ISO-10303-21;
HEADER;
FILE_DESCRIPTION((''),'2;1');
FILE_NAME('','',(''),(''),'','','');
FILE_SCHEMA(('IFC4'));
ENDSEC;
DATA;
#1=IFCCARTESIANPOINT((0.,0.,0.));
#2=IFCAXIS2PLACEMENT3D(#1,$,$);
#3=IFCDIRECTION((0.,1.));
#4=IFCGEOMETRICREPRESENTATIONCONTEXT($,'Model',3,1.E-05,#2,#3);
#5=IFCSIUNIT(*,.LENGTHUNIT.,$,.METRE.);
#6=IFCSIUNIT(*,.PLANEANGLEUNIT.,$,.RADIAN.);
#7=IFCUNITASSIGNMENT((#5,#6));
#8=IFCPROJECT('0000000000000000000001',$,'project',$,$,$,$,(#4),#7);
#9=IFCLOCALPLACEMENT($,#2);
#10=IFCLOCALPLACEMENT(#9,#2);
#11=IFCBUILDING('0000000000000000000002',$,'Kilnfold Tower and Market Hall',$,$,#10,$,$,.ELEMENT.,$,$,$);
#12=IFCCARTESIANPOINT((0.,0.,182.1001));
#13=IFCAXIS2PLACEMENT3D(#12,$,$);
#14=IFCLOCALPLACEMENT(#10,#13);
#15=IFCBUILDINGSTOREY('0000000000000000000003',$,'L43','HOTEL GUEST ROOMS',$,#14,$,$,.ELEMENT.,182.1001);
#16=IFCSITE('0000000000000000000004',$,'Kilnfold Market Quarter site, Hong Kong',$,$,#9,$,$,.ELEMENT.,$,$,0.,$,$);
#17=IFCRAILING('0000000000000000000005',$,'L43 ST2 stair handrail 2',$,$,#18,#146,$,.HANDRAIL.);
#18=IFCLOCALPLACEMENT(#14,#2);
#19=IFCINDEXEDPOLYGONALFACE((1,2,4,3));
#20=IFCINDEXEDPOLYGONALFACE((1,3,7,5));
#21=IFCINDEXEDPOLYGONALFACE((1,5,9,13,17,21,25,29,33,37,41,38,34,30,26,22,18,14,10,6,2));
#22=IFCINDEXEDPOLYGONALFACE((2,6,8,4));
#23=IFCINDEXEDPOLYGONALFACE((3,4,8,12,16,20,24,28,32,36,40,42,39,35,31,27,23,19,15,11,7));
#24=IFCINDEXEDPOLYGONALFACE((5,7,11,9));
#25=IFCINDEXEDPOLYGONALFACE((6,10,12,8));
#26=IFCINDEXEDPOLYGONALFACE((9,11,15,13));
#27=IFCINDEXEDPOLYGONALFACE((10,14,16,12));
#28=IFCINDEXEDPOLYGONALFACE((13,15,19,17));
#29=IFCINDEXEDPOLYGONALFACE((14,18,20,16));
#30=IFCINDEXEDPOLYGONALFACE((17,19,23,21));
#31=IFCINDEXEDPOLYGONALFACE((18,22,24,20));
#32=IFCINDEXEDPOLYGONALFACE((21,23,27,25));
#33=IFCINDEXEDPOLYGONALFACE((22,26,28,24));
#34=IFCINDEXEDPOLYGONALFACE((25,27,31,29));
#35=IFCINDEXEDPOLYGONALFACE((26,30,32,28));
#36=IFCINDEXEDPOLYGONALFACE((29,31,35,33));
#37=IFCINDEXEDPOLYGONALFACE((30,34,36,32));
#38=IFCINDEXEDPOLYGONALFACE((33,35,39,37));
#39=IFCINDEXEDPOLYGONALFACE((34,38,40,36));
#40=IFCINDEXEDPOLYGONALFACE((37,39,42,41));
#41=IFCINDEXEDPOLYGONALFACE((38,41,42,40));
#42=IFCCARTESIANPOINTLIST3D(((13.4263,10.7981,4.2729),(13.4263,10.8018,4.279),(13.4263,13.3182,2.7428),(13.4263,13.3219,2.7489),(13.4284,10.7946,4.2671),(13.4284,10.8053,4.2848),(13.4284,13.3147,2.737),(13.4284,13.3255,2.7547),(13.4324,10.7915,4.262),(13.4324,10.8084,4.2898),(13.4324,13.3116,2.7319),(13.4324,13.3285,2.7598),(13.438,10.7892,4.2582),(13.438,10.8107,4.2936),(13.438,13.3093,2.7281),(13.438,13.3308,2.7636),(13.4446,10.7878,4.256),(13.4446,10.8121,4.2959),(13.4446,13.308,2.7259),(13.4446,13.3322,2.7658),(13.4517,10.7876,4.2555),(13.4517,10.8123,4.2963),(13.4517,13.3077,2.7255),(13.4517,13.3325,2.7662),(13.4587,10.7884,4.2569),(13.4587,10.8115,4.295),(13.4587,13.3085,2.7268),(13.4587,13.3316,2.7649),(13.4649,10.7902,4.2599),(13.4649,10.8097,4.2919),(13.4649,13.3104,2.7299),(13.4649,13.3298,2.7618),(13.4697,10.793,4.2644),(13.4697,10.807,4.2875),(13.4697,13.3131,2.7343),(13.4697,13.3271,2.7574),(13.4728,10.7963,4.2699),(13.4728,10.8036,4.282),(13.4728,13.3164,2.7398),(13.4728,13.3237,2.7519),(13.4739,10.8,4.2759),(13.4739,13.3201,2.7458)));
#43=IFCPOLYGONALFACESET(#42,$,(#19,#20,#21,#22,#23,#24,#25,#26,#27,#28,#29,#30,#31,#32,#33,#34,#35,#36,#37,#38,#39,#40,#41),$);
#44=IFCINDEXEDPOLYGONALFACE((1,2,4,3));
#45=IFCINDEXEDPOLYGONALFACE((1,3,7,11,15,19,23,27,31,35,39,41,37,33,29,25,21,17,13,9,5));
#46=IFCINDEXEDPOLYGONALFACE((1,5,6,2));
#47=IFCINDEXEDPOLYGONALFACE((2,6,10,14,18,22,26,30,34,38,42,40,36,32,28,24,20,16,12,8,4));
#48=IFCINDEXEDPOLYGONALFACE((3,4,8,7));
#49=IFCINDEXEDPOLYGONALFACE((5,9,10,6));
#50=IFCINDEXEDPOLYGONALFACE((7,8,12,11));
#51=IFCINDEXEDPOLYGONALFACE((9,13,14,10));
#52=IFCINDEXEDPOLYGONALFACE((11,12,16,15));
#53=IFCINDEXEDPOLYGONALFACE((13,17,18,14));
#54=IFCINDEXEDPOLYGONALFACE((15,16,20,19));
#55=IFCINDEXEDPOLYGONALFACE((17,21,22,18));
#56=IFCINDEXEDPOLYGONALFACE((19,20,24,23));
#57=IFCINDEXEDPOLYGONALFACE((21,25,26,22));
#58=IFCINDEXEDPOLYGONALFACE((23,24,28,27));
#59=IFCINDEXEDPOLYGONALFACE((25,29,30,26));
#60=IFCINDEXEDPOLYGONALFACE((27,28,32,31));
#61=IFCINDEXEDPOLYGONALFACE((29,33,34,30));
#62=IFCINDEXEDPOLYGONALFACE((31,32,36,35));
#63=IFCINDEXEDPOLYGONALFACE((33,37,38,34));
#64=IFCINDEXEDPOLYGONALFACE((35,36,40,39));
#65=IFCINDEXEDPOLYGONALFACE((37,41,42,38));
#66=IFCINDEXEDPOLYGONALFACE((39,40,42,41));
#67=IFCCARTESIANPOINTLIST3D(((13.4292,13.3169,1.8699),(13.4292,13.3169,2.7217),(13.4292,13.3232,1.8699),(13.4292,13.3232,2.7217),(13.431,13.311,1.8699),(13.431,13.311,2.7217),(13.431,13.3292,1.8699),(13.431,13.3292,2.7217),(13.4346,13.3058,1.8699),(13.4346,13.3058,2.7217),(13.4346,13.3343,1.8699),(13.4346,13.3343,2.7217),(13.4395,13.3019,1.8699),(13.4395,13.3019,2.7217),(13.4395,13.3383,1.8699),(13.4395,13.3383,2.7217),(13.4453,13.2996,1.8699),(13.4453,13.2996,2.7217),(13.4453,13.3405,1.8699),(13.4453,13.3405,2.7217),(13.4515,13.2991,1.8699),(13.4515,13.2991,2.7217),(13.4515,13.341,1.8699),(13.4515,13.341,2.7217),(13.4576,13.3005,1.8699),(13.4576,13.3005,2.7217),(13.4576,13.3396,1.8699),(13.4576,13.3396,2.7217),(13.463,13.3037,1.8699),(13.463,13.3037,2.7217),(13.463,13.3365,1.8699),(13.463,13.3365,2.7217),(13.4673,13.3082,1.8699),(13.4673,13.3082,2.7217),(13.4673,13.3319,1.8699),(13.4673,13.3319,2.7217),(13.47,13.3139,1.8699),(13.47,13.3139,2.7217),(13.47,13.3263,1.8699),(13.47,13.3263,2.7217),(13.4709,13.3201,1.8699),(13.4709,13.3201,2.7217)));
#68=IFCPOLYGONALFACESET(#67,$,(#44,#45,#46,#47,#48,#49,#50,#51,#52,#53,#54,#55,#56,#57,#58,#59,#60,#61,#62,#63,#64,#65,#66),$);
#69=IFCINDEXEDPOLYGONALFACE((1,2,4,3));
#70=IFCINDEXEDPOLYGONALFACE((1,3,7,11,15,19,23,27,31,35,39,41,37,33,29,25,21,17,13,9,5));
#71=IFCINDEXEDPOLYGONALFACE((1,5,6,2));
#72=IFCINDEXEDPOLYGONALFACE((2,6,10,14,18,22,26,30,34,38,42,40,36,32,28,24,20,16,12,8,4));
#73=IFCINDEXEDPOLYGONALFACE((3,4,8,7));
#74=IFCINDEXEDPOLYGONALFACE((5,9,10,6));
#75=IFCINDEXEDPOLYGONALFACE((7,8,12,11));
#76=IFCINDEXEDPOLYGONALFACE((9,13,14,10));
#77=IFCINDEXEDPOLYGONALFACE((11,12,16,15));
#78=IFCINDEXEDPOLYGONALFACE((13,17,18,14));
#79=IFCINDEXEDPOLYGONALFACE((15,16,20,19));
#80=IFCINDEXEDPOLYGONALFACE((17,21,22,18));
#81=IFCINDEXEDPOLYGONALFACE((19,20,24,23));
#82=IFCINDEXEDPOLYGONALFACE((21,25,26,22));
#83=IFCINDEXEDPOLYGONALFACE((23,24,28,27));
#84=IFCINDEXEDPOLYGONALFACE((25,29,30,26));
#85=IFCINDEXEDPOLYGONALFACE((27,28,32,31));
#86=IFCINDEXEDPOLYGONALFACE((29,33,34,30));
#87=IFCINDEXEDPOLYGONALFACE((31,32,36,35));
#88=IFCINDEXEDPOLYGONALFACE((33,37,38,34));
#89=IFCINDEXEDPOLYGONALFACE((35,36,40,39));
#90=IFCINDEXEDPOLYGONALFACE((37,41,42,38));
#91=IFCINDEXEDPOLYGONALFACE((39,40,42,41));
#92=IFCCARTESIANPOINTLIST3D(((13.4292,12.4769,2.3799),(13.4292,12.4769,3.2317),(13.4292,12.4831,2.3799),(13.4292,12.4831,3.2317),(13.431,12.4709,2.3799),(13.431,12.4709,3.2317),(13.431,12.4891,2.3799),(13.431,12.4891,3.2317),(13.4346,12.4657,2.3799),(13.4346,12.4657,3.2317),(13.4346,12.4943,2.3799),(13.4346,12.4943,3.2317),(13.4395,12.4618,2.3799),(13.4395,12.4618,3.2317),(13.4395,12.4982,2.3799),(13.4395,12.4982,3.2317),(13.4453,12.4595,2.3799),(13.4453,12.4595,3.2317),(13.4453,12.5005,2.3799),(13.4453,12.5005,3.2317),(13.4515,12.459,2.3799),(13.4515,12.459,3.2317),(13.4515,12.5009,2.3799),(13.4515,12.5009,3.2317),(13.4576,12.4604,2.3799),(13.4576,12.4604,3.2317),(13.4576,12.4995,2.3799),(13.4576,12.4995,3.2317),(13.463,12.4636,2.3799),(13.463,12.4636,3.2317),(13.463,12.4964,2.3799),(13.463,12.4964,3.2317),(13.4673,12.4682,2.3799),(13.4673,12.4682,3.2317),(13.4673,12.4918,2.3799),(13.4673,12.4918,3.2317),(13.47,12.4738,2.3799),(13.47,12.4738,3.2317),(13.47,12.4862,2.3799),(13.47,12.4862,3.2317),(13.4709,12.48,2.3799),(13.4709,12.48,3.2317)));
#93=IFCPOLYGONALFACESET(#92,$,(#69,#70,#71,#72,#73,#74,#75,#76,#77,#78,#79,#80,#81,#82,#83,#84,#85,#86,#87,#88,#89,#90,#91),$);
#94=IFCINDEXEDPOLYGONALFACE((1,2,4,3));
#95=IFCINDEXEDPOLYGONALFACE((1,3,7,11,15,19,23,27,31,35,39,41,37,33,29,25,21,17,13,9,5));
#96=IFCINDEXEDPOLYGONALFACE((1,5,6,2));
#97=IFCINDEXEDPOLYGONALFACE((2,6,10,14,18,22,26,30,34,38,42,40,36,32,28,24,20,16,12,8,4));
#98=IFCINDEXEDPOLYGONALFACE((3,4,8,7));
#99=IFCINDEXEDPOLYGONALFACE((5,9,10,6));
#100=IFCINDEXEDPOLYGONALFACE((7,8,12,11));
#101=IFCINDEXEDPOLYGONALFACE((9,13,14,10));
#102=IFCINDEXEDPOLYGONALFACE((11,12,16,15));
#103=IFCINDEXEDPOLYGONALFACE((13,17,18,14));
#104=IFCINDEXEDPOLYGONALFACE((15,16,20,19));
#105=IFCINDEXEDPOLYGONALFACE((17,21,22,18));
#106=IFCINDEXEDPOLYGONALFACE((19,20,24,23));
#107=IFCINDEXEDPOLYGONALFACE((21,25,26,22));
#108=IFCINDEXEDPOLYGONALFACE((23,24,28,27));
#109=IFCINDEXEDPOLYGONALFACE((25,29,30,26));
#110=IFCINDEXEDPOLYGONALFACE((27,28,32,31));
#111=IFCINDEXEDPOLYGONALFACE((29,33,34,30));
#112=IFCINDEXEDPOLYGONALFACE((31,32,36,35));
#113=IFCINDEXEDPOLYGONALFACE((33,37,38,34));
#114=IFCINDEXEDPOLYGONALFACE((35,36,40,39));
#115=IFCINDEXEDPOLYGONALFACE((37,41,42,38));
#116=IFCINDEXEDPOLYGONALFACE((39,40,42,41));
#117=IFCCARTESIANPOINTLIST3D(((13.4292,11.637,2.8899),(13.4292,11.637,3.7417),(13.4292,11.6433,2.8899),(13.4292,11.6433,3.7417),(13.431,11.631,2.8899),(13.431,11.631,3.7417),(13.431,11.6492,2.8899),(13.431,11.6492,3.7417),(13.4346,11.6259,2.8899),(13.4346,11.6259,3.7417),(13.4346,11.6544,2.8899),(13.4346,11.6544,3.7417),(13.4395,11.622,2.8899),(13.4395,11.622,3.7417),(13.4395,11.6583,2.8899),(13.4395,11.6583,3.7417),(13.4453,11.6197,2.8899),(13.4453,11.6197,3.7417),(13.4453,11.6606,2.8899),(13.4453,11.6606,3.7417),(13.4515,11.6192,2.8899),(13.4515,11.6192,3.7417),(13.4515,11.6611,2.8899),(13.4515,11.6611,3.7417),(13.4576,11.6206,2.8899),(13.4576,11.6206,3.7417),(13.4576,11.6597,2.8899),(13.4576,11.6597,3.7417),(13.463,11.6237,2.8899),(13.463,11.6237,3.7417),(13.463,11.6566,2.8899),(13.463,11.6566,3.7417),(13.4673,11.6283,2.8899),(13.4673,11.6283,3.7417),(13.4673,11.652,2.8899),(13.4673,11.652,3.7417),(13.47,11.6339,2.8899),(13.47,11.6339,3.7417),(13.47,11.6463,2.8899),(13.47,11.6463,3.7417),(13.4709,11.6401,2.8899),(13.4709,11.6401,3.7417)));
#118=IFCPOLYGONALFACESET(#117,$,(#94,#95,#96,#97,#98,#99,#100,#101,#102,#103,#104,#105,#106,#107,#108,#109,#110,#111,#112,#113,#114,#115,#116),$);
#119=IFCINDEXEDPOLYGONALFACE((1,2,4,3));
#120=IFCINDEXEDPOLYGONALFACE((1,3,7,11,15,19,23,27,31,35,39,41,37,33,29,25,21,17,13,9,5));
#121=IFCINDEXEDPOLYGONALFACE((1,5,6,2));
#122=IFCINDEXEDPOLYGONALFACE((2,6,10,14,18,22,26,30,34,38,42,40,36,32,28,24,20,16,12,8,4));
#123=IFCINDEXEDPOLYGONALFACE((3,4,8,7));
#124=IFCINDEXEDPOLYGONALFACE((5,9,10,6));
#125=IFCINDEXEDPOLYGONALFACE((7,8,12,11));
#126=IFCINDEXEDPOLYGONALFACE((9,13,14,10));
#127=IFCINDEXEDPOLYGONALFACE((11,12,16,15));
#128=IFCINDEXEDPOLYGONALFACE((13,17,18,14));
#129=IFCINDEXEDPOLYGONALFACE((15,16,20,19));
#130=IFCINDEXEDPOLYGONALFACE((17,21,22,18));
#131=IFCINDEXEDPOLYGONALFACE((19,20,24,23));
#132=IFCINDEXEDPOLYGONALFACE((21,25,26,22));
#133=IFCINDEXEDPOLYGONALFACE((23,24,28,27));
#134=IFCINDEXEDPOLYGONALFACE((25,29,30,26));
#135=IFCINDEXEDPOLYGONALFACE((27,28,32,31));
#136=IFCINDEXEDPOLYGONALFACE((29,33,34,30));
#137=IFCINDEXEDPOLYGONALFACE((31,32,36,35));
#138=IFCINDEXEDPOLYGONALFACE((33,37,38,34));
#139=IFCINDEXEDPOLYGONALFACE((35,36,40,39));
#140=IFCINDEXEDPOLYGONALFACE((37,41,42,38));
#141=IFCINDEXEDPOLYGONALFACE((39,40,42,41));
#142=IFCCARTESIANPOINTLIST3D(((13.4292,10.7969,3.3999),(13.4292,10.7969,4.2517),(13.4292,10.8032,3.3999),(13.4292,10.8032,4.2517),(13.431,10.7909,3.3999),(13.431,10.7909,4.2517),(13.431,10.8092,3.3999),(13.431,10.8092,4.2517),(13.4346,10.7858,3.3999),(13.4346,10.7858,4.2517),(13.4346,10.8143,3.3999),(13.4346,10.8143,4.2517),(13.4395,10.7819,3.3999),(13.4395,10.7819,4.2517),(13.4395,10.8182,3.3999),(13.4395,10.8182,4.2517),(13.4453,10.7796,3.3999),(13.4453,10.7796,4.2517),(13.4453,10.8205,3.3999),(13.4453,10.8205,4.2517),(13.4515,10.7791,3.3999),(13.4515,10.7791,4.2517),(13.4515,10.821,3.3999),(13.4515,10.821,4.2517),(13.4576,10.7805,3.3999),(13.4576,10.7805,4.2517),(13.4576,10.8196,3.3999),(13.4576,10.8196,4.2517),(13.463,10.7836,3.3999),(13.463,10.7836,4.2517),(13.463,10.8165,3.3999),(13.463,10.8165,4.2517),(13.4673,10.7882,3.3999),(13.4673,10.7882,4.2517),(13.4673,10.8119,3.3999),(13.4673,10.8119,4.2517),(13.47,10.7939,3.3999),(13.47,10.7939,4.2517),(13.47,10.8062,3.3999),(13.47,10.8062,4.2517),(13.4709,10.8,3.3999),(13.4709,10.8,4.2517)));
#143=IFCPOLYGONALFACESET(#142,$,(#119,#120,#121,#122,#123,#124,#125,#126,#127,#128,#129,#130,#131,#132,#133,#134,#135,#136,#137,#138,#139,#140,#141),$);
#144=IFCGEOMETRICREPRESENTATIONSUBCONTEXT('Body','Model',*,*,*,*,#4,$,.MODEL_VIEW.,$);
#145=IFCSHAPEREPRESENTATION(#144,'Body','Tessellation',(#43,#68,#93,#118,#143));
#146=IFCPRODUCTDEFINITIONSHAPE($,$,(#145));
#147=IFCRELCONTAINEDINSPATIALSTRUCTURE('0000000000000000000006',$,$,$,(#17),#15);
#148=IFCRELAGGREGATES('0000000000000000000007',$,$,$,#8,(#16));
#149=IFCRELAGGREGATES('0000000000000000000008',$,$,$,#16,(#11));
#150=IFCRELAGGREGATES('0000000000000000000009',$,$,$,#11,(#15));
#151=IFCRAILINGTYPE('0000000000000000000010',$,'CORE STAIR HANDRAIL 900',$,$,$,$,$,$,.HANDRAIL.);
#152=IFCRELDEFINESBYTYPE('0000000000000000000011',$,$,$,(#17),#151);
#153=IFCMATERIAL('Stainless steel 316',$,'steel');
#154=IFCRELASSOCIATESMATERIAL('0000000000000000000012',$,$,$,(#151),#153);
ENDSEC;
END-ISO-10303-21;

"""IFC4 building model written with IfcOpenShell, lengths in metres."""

from ifc_helpers import new_model, si_unit, direction, frame, origin, origin_2d, place, context, subcontext, project, spatial, circle, extrude, material, type_object, element, save


model = new_model("IFC4")

# Units and contexts
model_context = context("Model", 3, precision=1e-05, world=origin(), true_north=direction((0.0, 1.0)))
body_context = subcontext(model_context, "Body", "Model", "MODEL_VIEW")
ifc_project = project(units=[si_unit("LENGTHUNIT", "METRE"), si_unit("PLANEANGLEUNIT", "RADIAN")], contexts=[model_context])

# Site, building, storey
site_placement = place(None, origin())
site = spatial("IfcSite", under=ifc_project, at=site_placement, Name="Kilnfold Market Quarter site, Hong Kong", CompositionType="ELEMENT", RefElevation=0.0)
building_placement = place(site_placement, origin())
building = spatial("IfcBuilding", under=site, at=building_placement, Name="Kilnfold Tower and Market Hall", CompositionType="ELEMENT")
storey_placement = place(building_placement, frame((0.0, 0.0, 182.1001)))
storey = spatial("IfcBuildingStorey", under=building, at=storey_placement, Name="L43", Description="HOTEL GUEST ROOMS", CompositionType="ELEMENT", Elevation=182.1001)

# Railing
ifc_material_1 = material(Name="Stainless steel 316", Category="steel")
railing_type = type_object("IfcRailingType", Name="CORE STAIR HANDRAIL 900", PredefinedType="HANDRAIL", material=ifc_material_1)
for number, where, name in (
    (1, (13.45, 13.3201, 1.8699), "L43 ST2 stair handrail 2"),
):
    element("IfcRailing", number, at=place(storey_placement, frame(where)), inside=storey, type_object=railing_type, Name=name, PredefinedType="HANDRAIL", context=body_context, shape_type="SweptSolid", body=[
        extrude(circle(Radius=0.0239, at=origin_2d()), frame((0.0, 0.0, 0.876), z_axis=(0.0, -0.854785, 0.518982), x_axis=(1.0, 0.0, 0.0)), (0.0, 0.0, 1.0), 2.9482),
        extrude(circle(Radius=0.021, at=origin_2d()), origin(), (0.0, 0.0, 1.0), 0.8518),
        extrude(circle(Radius=0.021, at=origin_2d()), frame((0.0, -0.8401, 0.51)), (0.0, 0.0, 1.0), 0.8518),
        extrude(circle(Radius=0.021, at=origin_2d()), frame((0.0, -1.6799, 1.02)), (0.0, 0.0, 1.0), 0.8518),
        extrude(circle(Radius=0.021, at=origin_2d()), frame((0.0, -2.52, 1.53)), (0.0, 0.0, 1.0), 0.8518),
    ])

save(model, "model.ifc")
